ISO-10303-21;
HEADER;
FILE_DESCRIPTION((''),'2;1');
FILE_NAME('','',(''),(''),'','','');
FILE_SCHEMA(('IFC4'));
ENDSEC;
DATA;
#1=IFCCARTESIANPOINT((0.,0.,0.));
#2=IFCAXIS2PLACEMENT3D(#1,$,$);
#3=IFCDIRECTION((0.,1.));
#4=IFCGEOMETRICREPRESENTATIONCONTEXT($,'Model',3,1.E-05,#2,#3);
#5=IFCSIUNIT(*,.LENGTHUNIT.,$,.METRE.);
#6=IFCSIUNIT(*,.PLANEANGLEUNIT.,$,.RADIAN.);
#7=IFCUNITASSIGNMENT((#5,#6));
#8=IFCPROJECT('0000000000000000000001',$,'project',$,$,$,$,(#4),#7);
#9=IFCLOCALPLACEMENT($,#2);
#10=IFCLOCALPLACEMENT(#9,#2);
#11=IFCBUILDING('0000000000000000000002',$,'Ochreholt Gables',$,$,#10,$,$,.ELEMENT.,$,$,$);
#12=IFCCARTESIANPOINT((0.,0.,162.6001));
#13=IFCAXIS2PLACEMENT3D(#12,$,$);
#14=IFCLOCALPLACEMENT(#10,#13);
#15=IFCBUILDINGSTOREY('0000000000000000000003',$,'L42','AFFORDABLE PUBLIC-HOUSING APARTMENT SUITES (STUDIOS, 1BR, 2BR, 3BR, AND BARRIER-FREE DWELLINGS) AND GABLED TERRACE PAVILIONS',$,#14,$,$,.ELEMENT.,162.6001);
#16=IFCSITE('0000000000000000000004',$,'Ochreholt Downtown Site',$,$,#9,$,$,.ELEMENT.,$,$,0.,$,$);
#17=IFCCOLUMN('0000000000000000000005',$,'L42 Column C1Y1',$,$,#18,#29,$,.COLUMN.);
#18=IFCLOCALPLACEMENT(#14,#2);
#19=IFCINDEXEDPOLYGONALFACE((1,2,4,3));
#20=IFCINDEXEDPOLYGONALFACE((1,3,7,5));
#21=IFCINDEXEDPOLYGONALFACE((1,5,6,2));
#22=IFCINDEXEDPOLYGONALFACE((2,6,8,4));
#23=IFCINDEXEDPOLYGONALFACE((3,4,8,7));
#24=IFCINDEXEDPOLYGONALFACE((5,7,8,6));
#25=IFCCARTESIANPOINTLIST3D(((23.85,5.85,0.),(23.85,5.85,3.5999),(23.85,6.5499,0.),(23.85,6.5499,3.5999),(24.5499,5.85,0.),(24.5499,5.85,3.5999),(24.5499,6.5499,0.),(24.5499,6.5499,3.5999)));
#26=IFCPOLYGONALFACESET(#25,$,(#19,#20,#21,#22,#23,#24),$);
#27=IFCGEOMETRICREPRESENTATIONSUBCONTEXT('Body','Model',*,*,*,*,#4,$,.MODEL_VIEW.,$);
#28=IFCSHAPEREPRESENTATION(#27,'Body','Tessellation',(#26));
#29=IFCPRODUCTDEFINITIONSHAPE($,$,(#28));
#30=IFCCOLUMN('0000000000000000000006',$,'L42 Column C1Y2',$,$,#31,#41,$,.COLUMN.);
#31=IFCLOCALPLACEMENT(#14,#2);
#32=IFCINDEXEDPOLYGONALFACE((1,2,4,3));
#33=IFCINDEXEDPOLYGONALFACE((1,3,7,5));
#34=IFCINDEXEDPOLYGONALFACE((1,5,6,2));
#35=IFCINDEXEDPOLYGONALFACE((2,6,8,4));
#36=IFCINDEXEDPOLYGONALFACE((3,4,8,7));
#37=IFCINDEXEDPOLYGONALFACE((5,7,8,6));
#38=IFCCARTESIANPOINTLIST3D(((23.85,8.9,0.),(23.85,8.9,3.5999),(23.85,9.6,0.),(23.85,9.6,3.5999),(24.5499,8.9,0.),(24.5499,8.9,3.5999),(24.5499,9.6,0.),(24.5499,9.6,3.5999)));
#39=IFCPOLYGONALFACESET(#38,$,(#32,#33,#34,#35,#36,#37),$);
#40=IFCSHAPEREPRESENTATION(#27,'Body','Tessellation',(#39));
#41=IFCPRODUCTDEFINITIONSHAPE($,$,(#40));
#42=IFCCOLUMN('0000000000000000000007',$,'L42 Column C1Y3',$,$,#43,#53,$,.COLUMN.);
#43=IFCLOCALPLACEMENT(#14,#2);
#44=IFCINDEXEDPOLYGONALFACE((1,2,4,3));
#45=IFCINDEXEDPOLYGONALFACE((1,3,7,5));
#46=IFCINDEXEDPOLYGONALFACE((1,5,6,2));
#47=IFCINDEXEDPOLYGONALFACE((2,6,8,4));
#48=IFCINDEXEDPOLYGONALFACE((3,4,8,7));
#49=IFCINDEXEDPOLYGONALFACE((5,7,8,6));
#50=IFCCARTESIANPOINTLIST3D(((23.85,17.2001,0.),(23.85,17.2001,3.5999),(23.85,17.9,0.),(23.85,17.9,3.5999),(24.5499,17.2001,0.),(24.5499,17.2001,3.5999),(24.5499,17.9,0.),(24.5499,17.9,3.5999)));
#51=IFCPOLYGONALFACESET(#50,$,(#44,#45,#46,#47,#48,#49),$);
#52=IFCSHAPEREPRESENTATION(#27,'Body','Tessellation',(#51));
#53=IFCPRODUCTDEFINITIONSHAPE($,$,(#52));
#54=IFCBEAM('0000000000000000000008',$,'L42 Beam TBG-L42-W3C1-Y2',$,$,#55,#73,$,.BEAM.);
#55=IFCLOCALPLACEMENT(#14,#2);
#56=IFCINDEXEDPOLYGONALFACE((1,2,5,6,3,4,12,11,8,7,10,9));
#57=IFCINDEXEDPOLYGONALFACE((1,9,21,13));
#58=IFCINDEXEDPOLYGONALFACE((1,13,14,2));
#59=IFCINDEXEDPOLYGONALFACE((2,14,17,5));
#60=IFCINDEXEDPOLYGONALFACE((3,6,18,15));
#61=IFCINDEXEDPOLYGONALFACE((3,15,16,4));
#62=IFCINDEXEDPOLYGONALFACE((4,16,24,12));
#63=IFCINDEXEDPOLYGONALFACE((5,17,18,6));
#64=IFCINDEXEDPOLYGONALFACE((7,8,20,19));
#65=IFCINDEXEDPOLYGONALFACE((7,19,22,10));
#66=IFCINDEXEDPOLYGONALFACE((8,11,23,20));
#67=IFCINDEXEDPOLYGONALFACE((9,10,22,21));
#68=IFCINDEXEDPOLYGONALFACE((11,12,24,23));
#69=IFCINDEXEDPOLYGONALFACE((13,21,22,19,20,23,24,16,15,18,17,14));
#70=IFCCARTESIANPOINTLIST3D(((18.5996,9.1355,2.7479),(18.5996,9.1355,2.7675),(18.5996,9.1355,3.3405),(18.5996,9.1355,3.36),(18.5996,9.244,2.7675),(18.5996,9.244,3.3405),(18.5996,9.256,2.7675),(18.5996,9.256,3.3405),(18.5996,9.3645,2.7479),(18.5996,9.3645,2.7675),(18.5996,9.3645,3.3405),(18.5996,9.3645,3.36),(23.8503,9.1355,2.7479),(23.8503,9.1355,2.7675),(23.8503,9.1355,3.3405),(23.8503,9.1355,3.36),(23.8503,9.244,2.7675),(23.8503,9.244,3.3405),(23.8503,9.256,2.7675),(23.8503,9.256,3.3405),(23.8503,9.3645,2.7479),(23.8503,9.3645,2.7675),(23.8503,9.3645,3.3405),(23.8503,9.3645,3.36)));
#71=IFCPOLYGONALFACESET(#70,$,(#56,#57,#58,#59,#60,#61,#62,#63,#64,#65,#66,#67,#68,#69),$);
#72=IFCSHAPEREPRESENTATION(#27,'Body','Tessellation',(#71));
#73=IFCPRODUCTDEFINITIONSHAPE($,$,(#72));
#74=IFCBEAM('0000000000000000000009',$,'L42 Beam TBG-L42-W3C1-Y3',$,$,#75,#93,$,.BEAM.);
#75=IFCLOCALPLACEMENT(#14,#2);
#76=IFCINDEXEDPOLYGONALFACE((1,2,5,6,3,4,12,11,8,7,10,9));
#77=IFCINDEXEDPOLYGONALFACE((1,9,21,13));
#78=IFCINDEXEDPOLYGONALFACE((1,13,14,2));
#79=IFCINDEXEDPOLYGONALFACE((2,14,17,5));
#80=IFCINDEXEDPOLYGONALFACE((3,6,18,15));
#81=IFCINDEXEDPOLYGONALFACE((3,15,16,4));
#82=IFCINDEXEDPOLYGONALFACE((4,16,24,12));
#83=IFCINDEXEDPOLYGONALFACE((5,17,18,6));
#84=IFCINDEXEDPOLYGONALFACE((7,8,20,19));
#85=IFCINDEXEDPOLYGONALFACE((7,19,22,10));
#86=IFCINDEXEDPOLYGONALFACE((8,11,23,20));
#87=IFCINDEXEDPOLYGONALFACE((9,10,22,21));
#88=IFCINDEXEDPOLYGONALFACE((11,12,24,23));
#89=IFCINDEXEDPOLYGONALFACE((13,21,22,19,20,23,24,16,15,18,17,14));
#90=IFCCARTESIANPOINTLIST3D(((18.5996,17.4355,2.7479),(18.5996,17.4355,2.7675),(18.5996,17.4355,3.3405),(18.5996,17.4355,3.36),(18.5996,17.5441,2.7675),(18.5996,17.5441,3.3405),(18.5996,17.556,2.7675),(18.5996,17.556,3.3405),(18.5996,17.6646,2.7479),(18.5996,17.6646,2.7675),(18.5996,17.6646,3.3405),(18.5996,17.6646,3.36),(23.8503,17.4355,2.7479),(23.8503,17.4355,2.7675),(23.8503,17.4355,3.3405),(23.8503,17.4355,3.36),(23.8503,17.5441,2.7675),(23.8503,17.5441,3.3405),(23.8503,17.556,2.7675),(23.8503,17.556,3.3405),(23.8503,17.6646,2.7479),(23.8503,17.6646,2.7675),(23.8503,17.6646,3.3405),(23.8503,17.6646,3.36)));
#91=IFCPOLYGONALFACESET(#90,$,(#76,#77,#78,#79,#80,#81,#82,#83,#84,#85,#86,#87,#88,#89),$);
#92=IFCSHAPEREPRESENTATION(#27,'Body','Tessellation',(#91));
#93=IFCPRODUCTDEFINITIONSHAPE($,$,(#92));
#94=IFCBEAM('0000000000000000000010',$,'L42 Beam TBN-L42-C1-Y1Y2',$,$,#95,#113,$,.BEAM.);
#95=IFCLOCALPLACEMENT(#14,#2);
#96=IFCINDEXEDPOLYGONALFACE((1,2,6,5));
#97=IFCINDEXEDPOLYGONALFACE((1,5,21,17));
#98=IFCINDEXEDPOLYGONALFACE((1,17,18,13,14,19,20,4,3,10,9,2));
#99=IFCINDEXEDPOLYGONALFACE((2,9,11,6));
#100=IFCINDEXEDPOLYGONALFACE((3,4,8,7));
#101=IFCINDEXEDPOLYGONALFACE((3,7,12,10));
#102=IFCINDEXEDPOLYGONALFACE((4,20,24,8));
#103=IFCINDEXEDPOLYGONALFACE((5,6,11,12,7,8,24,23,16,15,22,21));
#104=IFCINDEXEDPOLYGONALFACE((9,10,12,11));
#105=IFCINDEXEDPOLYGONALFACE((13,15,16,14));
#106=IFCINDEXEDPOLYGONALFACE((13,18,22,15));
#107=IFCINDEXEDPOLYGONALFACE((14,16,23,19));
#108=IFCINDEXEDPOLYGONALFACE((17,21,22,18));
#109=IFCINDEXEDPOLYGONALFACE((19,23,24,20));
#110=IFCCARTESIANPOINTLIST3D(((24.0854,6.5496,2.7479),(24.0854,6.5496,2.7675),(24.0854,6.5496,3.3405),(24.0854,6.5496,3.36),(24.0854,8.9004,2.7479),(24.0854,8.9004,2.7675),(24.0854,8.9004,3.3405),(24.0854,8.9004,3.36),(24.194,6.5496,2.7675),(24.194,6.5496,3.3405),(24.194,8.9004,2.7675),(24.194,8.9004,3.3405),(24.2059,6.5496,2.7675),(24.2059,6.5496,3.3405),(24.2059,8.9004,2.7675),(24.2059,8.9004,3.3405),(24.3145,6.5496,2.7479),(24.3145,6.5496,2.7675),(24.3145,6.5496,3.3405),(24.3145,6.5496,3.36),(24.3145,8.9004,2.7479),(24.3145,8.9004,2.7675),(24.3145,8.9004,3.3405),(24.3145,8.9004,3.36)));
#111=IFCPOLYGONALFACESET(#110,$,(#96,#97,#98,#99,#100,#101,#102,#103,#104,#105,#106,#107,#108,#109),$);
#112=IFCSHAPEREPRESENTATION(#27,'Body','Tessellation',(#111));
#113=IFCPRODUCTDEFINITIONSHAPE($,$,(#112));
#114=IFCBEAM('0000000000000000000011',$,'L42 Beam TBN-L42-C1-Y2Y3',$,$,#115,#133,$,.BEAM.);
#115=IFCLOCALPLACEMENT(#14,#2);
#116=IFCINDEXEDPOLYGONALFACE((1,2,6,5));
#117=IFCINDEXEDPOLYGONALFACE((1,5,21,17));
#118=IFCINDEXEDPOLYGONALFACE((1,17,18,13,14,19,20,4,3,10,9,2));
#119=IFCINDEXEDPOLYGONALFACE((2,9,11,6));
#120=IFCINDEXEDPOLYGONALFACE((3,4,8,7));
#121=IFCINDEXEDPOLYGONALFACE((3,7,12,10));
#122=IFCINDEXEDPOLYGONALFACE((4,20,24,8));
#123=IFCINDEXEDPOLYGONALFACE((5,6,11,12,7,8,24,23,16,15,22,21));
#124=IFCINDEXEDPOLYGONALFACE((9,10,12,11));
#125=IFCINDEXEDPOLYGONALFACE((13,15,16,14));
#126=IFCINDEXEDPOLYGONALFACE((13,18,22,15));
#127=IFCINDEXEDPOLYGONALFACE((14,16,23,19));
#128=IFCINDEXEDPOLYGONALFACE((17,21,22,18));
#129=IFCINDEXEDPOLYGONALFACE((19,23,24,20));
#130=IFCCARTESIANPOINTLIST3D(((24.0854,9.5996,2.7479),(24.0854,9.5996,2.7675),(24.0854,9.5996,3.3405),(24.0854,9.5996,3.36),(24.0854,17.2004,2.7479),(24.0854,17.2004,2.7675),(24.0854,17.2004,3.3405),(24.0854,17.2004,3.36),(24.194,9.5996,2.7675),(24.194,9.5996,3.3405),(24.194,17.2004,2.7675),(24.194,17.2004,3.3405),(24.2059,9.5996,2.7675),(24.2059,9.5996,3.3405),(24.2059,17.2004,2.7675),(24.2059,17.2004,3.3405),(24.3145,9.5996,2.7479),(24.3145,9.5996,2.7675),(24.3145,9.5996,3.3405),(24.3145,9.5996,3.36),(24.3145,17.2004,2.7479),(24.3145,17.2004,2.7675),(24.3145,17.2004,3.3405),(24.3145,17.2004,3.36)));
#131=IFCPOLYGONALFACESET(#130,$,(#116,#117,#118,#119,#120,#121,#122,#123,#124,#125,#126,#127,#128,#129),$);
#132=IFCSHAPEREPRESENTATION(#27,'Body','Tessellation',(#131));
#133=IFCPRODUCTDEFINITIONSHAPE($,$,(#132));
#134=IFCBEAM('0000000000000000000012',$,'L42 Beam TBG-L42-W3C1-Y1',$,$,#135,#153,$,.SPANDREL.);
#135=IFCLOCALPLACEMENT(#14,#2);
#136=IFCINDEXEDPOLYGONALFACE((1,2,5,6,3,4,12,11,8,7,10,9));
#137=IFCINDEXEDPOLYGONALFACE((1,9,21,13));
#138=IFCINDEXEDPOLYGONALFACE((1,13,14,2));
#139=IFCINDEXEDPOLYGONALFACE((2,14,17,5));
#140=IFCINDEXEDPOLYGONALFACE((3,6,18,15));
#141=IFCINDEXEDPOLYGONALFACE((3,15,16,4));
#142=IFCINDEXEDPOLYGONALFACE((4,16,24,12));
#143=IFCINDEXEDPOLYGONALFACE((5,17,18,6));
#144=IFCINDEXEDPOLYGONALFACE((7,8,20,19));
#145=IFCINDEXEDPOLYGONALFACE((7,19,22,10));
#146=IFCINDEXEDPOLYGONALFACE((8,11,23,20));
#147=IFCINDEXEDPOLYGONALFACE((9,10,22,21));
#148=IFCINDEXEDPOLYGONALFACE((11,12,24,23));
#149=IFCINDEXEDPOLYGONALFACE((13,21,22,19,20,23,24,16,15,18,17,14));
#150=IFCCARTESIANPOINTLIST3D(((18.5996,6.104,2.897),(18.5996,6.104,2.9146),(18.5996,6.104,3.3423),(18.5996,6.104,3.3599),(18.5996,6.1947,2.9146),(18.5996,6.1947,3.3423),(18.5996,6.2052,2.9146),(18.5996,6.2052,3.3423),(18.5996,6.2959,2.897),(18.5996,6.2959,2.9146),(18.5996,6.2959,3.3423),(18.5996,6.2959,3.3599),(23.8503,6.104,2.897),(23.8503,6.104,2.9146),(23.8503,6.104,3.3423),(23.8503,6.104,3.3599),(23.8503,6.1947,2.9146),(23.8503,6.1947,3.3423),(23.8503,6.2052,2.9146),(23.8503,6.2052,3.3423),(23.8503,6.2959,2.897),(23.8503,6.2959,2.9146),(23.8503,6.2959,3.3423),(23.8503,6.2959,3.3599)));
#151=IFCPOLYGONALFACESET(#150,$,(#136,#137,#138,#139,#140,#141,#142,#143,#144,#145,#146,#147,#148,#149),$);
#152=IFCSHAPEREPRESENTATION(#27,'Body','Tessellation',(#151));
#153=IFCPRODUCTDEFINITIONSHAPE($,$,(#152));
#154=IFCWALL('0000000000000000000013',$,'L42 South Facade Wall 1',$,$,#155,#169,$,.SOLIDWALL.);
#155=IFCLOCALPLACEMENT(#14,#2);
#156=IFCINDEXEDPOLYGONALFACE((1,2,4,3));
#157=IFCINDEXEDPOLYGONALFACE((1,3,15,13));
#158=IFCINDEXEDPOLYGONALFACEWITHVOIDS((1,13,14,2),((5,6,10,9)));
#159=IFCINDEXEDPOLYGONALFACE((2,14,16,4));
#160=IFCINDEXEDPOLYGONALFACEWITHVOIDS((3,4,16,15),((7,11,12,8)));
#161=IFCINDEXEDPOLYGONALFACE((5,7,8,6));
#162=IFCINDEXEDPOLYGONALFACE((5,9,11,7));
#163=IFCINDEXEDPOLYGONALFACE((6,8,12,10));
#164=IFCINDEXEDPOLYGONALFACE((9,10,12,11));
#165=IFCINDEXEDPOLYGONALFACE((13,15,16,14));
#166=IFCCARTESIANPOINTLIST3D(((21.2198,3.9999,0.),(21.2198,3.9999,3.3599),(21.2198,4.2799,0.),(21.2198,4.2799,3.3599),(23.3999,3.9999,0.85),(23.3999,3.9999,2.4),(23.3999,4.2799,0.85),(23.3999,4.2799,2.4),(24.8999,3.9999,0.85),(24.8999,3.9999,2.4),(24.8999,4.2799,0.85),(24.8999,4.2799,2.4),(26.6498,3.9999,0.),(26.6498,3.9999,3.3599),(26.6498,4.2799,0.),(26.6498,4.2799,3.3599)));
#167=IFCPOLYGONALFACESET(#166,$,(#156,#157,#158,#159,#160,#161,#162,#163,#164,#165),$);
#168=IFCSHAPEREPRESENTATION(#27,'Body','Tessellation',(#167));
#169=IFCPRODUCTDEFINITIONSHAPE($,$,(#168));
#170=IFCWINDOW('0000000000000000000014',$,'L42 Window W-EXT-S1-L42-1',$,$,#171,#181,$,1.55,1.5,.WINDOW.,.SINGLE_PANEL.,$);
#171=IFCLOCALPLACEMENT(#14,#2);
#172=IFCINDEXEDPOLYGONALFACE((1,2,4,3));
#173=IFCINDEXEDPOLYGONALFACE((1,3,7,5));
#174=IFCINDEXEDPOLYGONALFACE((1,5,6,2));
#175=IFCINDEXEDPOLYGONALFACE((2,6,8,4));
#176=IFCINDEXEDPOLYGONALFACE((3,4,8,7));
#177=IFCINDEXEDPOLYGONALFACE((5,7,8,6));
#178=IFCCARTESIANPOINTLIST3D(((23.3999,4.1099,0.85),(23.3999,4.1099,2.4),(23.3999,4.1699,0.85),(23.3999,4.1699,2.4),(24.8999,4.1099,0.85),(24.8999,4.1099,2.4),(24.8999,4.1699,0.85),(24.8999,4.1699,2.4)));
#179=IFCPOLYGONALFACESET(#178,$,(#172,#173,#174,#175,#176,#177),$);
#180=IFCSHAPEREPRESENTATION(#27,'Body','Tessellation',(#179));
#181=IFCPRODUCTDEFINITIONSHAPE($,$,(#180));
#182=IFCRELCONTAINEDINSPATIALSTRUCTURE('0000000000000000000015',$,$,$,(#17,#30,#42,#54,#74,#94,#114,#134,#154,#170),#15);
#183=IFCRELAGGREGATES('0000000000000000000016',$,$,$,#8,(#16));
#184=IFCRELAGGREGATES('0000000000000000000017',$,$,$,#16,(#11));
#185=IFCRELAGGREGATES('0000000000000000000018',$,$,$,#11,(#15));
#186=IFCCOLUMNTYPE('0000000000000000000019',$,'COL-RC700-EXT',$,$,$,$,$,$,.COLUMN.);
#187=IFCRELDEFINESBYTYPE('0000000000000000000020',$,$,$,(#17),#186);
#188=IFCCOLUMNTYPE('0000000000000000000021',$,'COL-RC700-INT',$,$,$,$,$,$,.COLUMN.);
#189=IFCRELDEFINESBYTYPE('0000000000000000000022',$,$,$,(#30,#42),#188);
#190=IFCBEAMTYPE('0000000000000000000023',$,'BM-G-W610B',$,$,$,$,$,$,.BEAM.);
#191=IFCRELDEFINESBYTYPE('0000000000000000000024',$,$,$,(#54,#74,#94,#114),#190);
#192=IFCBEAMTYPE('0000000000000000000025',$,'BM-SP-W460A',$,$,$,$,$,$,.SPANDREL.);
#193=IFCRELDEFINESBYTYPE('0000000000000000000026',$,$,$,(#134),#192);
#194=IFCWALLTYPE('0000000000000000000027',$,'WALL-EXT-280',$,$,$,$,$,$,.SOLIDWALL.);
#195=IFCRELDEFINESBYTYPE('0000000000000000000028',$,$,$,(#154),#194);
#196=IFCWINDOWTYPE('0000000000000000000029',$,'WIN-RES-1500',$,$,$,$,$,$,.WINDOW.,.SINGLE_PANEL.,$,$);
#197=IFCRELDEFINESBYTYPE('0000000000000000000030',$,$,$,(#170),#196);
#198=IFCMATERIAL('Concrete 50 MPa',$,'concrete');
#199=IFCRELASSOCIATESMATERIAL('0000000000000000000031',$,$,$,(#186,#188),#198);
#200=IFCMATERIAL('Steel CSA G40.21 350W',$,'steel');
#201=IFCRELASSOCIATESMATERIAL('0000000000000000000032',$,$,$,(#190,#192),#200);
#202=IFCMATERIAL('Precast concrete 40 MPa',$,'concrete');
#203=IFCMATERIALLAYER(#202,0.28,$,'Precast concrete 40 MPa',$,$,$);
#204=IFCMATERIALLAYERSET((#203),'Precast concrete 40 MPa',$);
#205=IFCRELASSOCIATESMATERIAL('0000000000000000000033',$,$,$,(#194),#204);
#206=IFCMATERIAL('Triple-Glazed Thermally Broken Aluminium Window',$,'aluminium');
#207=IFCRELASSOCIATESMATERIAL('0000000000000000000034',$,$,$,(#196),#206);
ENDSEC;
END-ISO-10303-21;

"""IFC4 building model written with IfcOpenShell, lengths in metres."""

from ifc_helpers import new_model, si_unit, direction, frame, frame_2d, origin, origin_2d, place, context, subcontext, project, spatial, rectangle, i_section, extrude, material, layer, layer_set, material_profile, profile_set, type_object, element, fill, save


model = new_model("IFC4")

# Units and contexts
model_context = context("Model", 3, precision=1e-05, world=origin(), true_north=direction((0.0, 1.0)))
body_context = subcontext(model_context, "Body", "Model", "MODEL_VIEW")
ifc_project = project(units=[si_unit("LENGTHUNIT", "METRE"), si_unit("PLANEANGLEUNIT", "RADIAN")], contexts=[model_context])

# Site, building, storey
site_placement = place(None, origin())
site = spatial("IfcSite", under=ifc_project, at=site_placement, Name="Ochreholt Downtown Site", CompositionType="ELEMENT", RefElevation=0.0)
building_placement = place(site_placement, origin())
building = spatial("IfcBuilding", under=site, at=building_placement, Name="Ochreholt Gables", CompositionType="ELEMENT")
storey_placement = place(building_placement, frame((0.0, 0.0, 162.6001)))
storey = spatial("IfcBuildingStorey", under=building, at=storey_placement, Name="L42", Description="AFFORDABLE PUBLIC-HOUSING APARTMENT SUITES (STUDIOS, 1BR, 2BR, 3BR, AND BARRIER-FREE DWELLINGS) AND GABLED TERRACE PAVILIONS", CompositionType="ELEMENT", Elevation=162.6001)

# Columns
ifc_material_1 = material(Name="Concrete 50 MPa", Category="concrete")
ifc_material_profile_1 = material_profile(ifc_material_1, rectangle(XDim=0.7, YDim=0.7, at=origin_2d()), Name="RC700X700")
ifc_profile_set_1 = profile_set([ifc_material_profile_1], Name="Concrete 50 MPa")
column_type_1 = type_object("IfcColumnType", Name="COL-RC700-EXT", PredefinedType="COLUMN", material=ifc_profile_set_1)
column_placement = place(storey_placement, frame((24.2, 6.2, 0.0), z_axis=(0.0, 0.0, 1.0), x_axis=(1.0, 0.0, 0.0)))
element("IfcColumn", 1, at=column_placement, inside=storey, type_object=column_type_1, Name="L42 Column C1Y1", PredefinedType="COLUMN", context=body_context, shape_type="SweptSolid", body=[
    extrude(rectangle(XDim=0.7, YDim=0.7, at=origin_2d()), origin(), (0.0, 0.0, 1.0), 3.5999),
])
ifc_material_profile_2 = material_profile(ifc_material_1, rectangle(XDim=0.7, YDim=0.7, at=origin_2d()), Name="RC700X700")
ifc_profile_set_2 = profile_set([ifc_material_profile_2], Name="Concrete 50 MPa")
column_type_2 = type_object("IfcColumnType", Name="COL-RC700-INT", PredefinedType="COLUMN", material=ifc_profile_set_2)
for number, where, z_axis, x_axis, name in (
    (2, (24.2, 9.25, 0.0), (0.0, 0.0, 1.0), (1.0, 0.0, 0.0), "L42 Column C1Y2"),
    (3, (24.2, 17.55, 0.0), (0.0, 0.0, 1.0), (1.0, 0.0, 0.0), "L42 Column C1Y3"),
):
    element("IfcColumn", number, at=place(storey_placement, frame(where, z_axis=z_axis, x_axis=x_axis)), inside=storey, type_object=column_type_2, Name=name, PredefinedType="COLUMN", context=body_context, shape_type="SweptSolid", body=[
        extrude(rectangle(XDim=0.7, YDim=0.7, at=origin_2d()), origin(), (0.0, 0.0, 1.0), 3.5999),
    ])

# Beams
ifc_material_2 = material(Name="Steel CSA G40.21 350W", Category="steel")
ifc_material_profile_3 = material_profile(ifc_material_2, i_section(OverallWidth=0.229, OverallDepth=0.6121, WebThickness=0.012, FlangeThickness=0.0195, at=origin_2d()), Name="W610X125")
ifc_profile_set_3 = profile_set([ifc_material_profile_3], Name="Steel CSA G40.21 350W")
beam_type_1 = type_object("IfcBeamType", Name="BM-G-W610B", PredefinedType="BEAM", material=ifc_profile_set_3)
for number, where, z_axis, x_axis, name in (
    (4, (18.5996, 9.25, 3.054), (1.0, 0.0, 0.0), (0.0, 1.0, 0.0), "L42 Beam TBG-L42-W3C1-Y2"),
    (5, (18.5996, 17.55, 3.054), (1.0, 0.0, 0.0), (0.0, 1.0, 0.0), "L42 Beam TBG-L42-W3C1-Y3"),
):
    element("IfcBeam", number, at=place(storey_placement, frame(where, z_axis=z_axis, x_axis=x_axis)), inside=storey, type_object=beam_type_1, Name=name, PredefinedType="BEAM", context=body_context, shape_type="SweptSolid", body=[
        extrude(i_section(OverallWidth=0.229, OverallDepth=0.6121, WebThickness=0.012, FlangeThickness=0.0195, at=origin_2d()), origin(), (0.0, 0.0, 1.0), 5.2507),
    ])
beam_1_placement = place(storey_placement, frame((24.2, 6.5496, 3.054), z_axis=(0.0, 1.0, 0.0), x_axis=(-1.0, 0.0, 0.0)))
element("IfcBeam", 6, at=beam_1_placement, inside=storey, type_object=beam_type_1, Name="L42 Beam TBN-L42-C1-Y1Y2", PredefinedType="BEAM", context=body_context, shape_type="SweptSolid", body=[
    extrude(i_section(OverallWidth=0.229, OverallDepth=0.6121, WebThickness=0.012, FlangeThickness=0.0195, at=origin_2d()), origin(), (0.0, 0.0, 1.0), 2.3508),
])
beam_2_placement = place(storey_placement, frame((24.2, 9.5996, 3.054), z_axis=(0.0, 1.0, 0.0), x_axis=(-1.0, 0.0, 0.0)))
element("IfcBeam", 7, at=beam_2_placement, inside=storey, type_object=beam_type_1, Name="L42 Beam TBN-L42-C1-Y2Y3", PredefinedType="BEAM", context=body_context, shape_type="SweptSolid", body=[
    extrude(i_section(OverallWidth=0.229, OverallDepth=0.6121, WebThickness=0.012, FlangeThickness=0.0195, at=origin_2d()), origin(), (0.0, 0.0, 1.0), 7.6008),
])
ifc_material_profile_4 = material_profile(ifc_material_2, i_section(OverallWidth=0.1919, OverallDepth=0.4629, WebThickness=0.0105, FlangeThickness=0.0176, at=origin_2d()), Name="W460X89")
ifc_profile_set_4 = profile_set([ifc_material_profile_4], Name="Steel CSA G40.21 350W")
beam_type_2 = type_object("IfcBeamType", Name="BM-SP-W460A", PredefinedType="SPANDREL", material=ifc_profile_set_4)
beam_3_placement = place(storey_placement, frame((18.5996, 6.2, 3.1284), z_axis=(1.0, 0.0, 0.0), x_axis=(0.0, 1.0, 0.0)))
element("IfcBeam", 8, at=beam_3_placement, inside=storey, type_object=beam_type_2, Name="L42 Beam TBG-L42-W3C1-Y1", PredefinedType="SPANDREL", context=body_context, shape_type="SweptSolid", body=[
    extrude(i_section(OverallWidth=0.1919, OverallDepth=0.4629, WebThickness=0.0105, FlangeThickness=0.0176, at=origin_2d()), origin(), (0.0, 0.0, 1.0), 5.2507),
])

# Wall, opening, window
ifc_material_3 = material(Name="Precast concrete 40 MPa", Category="concrete")
ifc_layer_1 = layer(ifc_material_3, 0.28, Name="Precast concrete 40 MPa")
ifc_layer_set_1 = layer_set([ifc_layer_1], Name="Precast concrete 40 MPa")
wall_type_1 = type_object("IfcWallType", Name="WALL-EXT-280", PredefinedType="SOLIDWALL", material=ifc_layer_set_1)
wall_1_placement = place(storey_placement, frame((21.22, 4.1399, 0.0), z_axis=(0.0, 0.0, 1.0), x_axis=(1.0, 0.0, 0.0)))
wall_1 = element("IfcWall", 9, at=wall_1_placement, inside=storey, type_object=wall_type_1, Name="L42 South Facade Wall 1", PredefinedType="SOLIDWALL", context=body_context, shape_type="SweptSolid", body=[
    extrude(rectangle(XDim=5.4299, YDim=0.28, at=frame_2d((2.7148, 0.0))), origin(), (0.0, 0.0, 1.0), 3.3599),
])
opening_1_placement = place(wall_1_placement, frame((2.1799, 0.0, 0.8501)))
opening_1 = element("IfcOpeningElement", 10, at=opening_1_placement, cuts=wall_1, PredefinedType="OPENING", context=body_context, shape_type="SweptSolid", body=[
    extrude(rectangle(XDim=1.5, YDim=1.55, at=frame_2d((0.75, 0.7749))), frame((0.0, 0.1499, 0.0), z_axis=(0.0, -1.0, 0.0), x_axis=(1.0, 0.0, 0.0)), (0.0, 0.0, 1.0), 0.3),
])
ifc_material_4 = material(Name="Triple-Glazed Thermally Broken Aluminium Window", Category="aluminium")
window_type = type_object("IfcWindowType", Name="WIN-RES-1500", PartitioningType="SINGLE_PANEL", PredefinedType="WINDOW", material=ifc_material_4)
window_placement = place(opening_1_placement, origin())
window = element("IfcWindow", 11, at=window_placement, inside=storey, type_object=window_type, Name="L42 Window W-EXT-S1-L42-1", OverallHeight=1.55, OverallWidth=1.5, PartitioningType="SINGLE_PANEL", PredefinedType="WINDOW", context=body_context, shape_type="SweptSolid", body=[
    extrude(rectangle(XDim=1.5, YDim=1.55, at=frame_2d((0.75, 0.7749))), frame((0.0, 0.03, 0.0), z_axis=(0.0, -1.0, 0.0), x_axis=(1.0, 0.0, 0.0)), (0.0, 0.0, 1.0), 0.0601),
])
fill(opening_1, window)

save(model, "model.ifc")
